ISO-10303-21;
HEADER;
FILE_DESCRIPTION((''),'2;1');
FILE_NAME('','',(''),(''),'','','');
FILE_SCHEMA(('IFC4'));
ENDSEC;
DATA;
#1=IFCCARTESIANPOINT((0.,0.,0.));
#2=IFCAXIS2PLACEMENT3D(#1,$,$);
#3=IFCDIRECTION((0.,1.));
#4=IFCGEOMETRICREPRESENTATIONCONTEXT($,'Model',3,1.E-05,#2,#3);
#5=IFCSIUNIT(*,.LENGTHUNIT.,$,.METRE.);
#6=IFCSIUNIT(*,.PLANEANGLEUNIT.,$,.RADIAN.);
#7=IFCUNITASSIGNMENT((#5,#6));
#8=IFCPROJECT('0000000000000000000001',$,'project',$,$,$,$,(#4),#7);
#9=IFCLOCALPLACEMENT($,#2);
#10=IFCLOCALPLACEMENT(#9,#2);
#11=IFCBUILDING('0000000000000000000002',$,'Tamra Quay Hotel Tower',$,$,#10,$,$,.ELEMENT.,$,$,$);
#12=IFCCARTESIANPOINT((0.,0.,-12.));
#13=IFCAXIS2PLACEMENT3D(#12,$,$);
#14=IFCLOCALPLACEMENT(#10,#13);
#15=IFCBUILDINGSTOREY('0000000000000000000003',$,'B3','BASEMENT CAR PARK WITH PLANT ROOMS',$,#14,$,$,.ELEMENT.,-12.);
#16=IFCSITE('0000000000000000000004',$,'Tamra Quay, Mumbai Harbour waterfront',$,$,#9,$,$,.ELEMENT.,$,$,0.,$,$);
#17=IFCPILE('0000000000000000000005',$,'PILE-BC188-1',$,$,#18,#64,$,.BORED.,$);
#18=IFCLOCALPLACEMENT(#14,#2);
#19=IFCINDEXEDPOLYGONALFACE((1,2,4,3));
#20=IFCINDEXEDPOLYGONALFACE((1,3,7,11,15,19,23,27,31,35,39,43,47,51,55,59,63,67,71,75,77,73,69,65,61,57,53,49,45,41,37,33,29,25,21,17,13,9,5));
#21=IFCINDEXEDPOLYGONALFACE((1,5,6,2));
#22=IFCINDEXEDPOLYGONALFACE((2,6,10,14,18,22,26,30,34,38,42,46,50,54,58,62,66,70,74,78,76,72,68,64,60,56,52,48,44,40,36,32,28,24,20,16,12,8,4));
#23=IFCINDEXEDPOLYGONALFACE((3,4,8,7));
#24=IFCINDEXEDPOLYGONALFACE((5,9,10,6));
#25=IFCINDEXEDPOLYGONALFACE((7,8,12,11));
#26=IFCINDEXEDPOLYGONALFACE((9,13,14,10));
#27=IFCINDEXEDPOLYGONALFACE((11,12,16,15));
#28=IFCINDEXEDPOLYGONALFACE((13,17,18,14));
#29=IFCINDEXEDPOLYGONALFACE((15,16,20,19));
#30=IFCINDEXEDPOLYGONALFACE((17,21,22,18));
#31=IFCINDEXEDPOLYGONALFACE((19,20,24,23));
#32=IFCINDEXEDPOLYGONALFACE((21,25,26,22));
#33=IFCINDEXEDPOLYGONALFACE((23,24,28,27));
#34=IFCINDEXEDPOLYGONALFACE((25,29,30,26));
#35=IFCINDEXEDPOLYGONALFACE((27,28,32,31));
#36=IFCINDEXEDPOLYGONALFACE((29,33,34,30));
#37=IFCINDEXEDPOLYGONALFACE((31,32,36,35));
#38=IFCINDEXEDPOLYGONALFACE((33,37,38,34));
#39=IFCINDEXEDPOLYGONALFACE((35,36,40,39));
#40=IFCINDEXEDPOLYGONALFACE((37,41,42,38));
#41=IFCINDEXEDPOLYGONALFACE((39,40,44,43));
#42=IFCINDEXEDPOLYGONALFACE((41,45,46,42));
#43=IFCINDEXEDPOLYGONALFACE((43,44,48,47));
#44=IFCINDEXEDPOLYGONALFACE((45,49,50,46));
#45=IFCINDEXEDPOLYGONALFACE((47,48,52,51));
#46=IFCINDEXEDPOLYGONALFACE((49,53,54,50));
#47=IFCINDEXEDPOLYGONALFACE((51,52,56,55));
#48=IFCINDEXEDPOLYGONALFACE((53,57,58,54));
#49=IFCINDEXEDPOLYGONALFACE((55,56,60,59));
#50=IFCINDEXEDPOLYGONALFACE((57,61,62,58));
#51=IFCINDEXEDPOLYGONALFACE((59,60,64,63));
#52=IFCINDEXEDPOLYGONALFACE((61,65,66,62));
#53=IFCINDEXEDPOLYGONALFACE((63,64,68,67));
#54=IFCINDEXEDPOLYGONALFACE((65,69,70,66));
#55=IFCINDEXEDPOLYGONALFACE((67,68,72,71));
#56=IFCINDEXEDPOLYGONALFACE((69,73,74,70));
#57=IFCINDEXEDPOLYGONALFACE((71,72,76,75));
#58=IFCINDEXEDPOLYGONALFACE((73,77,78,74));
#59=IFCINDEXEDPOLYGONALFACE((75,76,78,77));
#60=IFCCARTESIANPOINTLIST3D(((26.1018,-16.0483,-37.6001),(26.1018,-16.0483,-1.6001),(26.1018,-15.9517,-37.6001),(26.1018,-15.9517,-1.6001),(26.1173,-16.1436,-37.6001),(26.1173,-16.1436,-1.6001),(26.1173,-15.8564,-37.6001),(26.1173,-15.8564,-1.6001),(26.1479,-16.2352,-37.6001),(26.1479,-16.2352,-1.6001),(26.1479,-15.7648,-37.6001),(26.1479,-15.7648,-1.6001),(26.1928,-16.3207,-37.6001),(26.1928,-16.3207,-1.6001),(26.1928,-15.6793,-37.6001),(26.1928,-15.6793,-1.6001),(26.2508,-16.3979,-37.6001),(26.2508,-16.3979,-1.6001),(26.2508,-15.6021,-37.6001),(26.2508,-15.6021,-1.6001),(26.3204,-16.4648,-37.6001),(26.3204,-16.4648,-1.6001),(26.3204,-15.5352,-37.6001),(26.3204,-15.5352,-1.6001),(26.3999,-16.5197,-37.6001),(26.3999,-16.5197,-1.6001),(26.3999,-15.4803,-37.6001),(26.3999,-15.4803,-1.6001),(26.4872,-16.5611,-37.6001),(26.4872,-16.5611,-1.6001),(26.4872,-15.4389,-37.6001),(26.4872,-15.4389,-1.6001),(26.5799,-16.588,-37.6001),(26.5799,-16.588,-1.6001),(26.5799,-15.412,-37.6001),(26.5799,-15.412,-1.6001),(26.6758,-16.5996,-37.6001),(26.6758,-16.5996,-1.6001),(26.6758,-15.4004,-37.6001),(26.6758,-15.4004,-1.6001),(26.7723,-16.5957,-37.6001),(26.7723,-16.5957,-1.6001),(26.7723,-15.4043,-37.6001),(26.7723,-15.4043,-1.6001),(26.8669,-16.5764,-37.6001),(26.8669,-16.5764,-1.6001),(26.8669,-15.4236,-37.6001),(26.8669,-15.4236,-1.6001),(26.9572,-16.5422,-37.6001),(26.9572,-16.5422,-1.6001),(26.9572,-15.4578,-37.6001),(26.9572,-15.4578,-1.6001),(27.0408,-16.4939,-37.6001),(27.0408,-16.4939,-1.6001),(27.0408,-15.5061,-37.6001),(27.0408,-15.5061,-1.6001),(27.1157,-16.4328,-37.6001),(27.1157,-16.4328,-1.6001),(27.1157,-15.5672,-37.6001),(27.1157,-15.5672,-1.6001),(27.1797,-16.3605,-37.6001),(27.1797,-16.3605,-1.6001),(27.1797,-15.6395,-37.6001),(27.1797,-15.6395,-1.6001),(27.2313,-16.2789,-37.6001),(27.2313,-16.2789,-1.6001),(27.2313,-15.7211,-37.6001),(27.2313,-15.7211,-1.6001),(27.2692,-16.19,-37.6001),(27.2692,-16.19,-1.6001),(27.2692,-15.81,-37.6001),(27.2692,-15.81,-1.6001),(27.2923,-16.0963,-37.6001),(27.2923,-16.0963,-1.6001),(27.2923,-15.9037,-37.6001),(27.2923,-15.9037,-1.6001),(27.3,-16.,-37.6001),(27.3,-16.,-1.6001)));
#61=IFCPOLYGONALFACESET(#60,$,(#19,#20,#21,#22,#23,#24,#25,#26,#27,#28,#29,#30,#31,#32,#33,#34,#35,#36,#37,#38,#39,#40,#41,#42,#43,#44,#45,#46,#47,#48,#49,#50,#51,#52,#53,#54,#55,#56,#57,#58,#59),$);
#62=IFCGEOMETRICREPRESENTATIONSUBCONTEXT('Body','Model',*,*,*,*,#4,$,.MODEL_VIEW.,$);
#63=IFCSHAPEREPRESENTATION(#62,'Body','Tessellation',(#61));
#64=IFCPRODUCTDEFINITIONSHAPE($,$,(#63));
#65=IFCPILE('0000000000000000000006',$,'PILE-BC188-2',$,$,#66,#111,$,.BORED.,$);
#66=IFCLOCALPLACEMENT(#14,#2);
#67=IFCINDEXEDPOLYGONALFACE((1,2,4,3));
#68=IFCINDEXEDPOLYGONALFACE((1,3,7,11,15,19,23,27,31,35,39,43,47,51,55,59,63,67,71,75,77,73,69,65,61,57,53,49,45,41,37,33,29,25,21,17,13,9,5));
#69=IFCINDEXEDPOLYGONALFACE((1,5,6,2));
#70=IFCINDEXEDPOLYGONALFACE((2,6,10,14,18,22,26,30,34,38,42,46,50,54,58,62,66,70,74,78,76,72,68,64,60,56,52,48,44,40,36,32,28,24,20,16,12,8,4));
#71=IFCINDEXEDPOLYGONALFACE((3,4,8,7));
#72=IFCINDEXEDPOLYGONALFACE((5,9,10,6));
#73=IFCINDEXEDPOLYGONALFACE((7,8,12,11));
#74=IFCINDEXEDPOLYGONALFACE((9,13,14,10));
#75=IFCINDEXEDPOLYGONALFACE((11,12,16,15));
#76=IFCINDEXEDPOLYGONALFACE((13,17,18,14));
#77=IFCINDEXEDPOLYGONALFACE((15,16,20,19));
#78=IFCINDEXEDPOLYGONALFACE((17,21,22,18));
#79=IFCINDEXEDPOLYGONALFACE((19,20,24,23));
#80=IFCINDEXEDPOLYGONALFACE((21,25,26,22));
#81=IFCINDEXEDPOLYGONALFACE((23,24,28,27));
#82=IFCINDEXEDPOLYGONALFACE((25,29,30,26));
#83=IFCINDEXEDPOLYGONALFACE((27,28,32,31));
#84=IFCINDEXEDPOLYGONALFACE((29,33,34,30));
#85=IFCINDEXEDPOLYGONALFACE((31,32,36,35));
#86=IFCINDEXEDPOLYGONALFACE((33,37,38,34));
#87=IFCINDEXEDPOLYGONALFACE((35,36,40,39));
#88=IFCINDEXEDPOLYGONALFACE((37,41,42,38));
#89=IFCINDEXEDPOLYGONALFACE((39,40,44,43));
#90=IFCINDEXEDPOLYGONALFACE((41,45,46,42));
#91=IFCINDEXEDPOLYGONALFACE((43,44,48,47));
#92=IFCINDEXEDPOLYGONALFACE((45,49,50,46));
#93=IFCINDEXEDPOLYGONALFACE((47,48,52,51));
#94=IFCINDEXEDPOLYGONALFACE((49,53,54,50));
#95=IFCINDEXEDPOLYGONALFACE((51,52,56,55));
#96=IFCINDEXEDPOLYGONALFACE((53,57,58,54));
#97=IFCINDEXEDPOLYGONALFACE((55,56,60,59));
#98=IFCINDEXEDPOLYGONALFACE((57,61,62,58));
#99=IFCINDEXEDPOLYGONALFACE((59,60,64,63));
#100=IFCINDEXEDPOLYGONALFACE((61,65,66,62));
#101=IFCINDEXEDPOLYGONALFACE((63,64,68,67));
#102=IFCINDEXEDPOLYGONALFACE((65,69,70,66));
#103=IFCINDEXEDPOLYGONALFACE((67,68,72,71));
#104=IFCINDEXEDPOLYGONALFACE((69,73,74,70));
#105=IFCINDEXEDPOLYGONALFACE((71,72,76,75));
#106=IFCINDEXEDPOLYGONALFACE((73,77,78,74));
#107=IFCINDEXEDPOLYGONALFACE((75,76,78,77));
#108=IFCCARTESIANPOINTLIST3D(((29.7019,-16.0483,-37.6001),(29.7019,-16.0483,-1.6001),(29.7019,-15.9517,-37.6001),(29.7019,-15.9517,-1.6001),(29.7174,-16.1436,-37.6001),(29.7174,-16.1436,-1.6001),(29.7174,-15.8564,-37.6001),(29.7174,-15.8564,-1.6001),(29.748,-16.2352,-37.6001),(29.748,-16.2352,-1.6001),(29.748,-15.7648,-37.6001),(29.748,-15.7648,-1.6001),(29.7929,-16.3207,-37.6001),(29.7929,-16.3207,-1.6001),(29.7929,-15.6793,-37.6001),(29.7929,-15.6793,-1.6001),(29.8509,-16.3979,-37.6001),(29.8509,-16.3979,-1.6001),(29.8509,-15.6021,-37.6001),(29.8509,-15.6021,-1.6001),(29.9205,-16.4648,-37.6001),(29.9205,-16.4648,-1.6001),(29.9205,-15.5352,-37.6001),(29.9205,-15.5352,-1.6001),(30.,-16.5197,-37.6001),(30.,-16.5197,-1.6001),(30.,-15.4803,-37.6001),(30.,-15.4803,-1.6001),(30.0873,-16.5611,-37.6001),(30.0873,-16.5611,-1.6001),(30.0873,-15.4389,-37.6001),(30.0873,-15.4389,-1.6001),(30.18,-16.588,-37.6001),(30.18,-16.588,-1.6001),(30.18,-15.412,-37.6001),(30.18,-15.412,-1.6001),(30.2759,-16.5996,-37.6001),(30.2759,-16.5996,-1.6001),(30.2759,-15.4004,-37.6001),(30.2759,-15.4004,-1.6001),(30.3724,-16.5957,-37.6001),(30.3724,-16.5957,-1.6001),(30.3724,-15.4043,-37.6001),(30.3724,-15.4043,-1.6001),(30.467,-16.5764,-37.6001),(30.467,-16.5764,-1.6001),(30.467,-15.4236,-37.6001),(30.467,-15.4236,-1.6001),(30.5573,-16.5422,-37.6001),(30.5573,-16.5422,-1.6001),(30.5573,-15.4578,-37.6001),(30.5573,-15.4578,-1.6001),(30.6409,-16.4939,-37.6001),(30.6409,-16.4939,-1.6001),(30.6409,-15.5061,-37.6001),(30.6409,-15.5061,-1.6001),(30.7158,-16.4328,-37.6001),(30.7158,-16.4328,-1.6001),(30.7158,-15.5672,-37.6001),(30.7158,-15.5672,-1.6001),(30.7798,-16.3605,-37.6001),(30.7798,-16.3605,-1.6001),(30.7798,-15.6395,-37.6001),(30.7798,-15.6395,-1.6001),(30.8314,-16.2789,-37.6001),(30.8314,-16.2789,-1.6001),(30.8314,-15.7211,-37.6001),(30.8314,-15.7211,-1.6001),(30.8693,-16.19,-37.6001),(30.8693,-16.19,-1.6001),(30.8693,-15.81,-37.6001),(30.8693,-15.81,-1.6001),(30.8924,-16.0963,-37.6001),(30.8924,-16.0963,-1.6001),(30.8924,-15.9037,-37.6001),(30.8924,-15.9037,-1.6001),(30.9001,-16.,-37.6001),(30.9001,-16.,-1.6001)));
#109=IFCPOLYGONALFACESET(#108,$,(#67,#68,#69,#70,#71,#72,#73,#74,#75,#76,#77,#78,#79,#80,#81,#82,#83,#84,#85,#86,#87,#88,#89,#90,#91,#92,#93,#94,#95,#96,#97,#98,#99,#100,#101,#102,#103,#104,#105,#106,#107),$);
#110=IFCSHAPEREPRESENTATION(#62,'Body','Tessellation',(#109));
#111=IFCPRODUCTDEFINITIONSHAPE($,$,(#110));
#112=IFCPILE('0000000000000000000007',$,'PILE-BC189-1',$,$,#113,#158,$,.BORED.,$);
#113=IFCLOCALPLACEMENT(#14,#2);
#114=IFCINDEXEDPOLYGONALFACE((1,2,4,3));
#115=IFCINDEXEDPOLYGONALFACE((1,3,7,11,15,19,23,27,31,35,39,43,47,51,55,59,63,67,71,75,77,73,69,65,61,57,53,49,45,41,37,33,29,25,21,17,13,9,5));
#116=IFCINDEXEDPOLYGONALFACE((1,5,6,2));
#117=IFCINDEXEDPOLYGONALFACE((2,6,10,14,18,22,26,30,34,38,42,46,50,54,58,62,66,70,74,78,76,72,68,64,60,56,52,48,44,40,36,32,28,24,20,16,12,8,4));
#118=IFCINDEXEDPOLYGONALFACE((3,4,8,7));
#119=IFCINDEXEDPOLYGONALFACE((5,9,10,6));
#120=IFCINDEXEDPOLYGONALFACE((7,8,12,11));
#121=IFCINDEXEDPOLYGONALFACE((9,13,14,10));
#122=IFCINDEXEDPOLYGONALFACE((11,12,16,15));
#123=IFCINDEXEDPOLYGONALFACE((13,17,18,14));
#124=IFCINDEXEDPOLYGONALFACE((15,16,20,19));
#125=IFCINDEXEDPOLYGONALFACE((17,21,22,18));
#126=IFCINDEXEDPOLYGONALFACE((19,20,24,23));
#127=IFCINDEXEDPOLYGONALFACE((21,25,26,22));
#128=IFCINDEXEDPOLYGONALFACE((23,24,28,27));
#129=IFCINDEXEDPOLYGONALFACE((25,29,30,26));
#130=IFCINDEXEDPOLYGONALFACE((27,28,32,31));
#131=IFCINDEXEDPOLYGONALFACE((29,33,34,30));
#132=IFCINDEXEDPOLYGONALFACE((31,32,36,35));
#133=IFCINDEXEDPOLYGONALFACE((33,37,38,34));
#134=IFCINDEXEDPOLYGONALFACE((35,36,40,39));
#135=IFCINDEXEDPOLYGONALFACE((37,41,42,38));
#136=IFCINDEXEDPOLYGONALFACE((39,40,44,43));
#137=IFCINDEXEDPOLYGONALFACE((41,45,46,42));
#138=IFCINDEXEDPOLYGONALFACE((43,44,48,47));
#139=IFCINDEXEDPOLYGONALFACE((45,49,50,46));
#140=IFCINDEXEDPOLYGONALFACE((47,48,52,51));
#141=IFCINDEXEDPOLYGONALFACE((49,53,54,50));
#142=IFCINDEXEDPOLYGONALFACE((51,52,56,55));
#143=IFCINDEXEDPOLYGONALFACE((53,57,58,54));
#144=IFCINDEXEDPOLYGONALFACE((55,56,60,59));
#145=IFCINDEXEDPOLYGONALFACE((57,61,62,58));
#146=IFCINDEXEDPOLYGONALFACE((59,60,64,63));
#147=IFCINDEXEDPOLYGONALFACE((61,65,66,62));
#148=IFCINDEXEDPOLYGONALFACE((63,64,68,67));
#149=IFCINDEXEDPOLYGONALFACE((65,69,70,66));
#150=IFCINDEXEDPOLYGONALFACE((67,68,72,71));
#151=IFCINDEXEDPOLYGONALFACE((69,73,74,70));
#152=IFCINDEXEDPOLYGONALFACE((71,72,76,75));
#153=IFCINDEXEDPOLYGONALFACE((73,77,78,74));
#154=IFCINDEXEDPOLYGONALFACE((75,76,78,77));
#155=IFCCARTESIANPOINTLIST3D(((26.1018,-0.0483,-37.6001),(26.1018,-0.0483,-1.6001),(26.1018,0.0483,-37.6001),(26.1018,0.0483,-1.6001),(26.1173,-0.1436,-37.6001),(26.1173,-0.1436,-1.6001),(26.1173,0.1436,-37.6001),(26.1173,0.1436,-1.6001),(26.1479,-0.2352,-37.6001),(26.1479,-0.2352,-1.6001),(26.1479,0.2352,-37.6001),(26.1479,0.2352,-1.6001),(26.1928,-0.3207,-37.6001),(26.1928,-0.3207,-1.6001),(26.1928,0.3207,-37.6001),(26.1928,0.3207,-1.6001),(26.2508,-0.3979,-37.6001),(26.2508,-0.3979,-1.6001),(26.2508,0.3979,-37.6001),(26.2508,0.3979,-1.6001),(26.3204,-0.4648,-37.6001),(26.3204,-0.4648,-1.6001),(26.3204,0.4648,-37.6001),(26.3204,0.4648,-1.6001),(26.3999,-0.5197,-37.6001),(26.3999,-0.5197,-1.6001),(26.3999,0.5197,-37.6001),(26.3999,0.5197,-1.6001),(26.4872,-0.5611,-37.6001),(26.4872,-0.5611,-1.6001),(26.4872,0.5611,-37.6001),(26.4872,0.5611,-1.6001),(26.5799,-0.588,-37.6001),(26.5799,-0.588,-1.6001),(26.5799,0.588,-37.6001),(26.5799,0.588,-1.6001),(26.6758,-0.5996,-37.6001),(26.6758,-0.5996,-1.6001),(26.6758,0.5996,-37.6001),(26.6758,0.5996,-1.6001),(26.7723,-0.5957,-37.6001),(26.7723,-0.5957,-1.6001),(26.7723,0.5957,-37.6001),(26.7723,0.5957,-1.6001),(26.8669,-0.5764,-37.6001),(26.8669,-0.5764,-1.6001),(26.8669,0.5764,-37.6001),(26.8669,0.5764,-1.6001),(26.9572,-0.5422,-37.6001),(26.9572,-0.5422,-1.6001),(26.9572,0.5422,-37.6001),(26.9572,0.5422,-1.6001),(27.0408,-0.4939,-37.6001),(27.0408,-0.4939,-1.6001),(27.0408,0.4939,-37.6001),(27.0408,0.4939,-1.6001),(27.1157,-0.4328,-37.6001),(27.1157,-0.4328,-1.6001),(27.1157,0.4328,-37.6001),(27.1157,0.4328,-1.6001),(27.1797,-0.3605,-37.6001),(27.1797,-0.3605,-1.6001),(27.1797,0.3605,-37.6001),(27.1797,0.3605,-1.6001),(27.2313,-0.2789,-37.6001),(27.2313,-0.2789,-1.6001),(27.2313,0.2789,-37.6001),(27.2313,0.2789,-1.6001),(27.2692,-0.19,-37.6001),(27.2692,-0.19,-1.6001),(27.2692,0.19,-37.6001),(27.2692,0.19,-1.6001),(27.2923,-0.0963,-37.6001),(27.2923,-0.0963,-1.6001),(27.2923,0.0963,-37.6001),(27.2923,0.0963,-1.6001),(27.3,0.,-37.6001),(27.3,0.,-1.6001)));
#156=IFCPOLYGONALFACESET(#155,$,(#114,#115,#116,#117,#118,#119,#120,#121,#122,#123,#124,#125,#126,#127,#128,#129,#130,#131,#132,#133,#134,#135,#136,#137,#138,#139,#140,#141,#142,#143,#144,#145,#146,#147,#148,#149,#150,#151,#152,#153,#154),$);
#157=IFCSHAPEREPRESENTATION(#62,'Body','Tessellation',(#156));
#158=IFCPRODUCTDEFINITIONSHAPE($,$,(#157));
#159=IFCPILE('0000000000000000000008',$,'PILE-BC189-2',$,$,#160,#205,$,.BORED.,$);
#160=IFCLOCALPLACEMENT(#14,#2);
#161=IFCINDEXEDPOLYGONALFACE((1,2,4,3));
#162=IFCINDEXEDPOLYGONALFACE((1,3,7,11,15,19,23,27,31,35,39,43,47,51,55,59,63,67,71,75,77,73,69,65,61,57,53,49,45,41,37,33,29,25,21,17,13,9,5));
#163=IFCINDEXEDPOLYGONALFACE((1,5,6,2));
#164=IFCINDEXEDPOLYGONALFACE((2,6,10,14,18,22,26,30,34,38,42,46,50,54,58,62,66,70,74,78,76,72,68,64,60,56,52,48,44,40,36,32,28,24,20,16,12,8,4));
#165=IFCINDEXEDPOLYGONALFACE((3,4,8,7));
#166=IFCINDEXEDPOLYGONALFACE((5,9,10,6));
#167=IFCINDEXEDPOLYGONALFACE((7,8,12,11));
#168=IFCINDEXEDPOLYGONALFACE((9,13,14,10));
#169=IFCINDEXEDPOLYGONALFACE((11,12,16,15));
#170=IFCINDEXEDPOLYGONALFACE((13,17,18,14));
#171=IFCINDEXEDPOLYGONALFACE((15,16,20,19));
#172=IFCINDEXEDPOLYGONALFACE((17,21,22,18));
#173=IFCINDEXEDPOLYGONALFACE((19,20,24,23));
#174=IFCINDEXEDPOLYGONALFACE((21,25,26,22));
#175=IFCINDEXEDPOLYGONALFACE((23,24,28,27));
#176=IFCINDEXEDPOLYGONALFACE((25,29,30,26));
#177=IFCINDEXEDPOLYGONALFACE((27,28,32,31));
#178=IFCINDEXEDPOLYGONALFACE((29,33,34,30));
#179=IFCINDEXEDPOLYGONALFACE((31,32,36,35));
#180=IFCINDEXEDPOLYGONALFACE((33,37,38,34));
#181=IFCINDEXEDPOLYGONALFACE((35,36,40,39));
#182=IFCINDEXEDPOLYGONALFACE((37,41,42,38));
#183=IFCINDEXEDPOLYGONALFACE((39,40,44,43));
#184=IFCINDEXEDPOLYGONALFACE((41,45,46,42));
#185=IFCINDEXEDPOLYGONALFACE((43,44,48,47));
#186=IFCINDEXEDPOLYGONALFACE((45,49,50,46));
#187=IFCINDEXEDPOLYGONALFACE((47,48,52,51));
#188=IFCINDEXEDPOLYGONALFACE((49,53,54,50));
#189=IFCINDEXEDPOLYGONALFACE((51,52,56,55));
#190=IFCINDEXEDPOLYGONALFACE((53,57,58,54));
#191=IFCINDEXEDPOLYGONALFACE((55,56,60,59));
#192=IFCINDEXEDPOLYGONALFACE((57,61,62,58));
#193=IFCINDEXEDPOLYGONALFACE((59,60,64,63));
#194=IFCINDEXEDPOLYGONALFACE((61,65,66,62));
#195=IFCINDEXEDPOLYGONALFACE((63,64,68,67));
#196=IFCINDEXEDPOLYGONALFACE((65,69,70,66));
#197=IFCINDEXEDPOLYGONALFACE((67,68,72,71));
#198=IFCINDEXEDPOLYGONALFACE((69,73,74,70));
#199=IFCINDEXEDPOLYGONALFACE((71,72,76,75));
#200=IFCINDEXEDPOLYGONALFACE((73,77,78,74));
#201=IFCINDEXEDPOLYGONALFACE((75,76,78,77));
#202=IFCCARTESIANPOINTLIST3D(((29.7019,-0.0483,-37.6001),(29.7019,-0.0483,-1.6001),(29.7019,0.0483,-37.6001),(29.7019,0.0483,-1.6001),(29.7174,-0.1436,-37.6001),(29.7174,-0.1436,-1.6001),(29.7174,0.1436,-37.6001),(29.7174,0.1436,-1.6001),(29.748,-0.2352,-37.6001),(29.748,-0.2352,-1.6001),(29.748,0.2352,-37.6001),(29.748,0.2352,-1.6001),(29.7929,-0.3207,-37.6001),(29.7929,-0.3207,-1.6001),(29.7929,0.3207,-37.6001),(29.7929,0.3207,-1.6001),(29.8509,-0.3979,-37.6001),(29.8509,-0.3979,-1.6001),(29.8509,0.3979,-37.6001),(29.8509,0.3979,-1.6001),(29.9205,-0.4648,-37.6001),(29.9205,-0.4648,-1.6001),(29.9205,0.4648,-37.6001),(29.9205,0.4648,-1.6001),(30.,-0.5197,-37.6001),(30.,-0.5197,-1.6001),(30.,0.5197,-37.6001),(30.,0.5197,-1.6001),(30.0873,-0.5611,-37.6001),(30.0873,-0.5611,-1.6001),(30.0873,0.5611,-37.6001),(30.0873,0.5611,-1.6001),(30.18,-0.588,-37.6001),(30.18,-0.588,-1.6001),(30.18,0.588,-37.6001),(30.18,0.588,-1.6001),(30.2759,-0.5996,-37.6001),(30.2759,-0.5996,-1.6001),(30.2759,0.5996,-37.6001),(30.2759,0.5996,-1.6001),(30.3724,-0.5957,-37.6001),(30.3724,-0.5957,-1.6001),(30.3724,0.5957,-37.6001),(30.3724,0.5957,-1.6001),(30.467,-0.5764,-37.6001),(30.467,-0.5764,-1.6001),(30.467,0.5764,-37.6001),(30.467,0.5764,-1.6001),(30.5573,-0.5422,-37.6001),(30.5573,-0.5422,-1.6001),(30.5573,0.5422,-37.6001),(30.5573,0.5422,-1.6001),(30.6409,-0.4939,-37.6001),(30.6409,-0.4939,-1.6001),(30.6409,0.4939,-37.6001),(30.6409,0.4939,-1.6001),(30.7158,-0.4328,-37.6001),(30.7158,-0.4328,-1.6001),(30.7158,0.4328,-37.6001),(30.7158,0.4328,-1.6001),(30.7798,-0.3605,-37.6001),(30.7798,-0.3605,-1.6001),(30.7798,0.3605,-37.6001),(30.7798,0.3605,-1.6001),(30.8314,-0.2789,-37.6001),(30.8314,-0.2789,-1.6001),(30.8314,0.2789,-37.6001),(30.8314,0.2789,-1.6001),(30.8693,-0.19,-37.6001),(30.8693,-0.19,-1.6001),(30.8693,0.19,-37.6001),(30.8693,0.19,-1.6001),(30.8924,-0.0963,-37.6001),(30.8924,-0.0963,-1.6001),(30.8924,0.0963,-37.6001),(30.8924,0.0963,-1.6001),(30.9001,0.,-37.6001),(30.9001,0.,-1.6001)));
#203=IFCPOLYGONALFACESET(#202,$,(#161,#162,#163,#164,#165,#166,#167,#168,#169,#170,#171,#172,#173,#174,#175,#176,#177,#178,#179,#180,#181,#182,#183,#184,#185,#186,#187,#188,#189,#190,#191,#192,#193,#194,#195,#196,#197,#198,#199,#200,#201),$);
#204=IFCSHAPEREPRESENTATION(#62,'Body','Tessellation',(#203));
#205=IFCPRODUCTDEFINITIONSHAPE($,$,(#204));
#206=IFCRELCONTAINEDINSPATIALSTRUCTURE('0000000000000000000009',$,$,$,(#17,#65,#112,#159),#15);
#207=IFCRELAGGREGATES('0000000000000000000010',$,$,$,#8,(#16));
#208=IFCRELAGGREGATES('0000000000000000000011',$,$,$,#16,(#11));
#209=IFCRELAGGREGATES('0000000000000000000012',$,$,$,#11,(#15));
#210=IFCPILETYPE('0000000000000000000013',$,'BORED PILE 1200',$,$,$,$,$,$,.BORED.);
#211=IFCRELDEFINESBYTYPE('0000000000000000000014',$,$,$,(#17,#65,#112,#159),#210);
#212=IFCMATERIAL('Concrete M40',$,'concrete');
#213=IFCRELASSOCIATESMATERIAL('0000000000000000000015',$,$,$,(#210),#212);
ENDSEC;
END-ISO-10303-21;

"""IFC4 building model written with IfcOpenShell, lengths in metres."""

from ifc_helpers import new_model, si_unit, direction, frame, origin, origin_2d, place, context, subcontext, project, spatial, circle, extrude, material, material_profile, profile_set, type_object, element, save


model = new_model("IFC4")

# Units and contexts
model_context = context("Model", 3, precision=1e-05, world=origin(), true_north=direction((0.0, 1.0)))
body_context = subcontext(model_context, "Body", "Model", "MODEL_VIEW")
ifc_project = project(units=[si_unit("LENGTHUNIT", "METRE"), si_unit("PLANEANGLEUNIT", "RADIAN")], contexts=[model_context])

# Site, building, storey
site_placement = place(None, origin())
site = spatial("IfcSite", under=ifc_project, at=site_placement, Name="Tamra Quay, Mumbai Harbour waterfront", CompositionType="ELEMENT", RefElevation=0.0)
building_placement = place(site_placement, origin())
building = spatial("IfcBuilding", under=site, at=building_placement, Name="Tamra Quay Hotel Tower", CompositionType="ELEMENT")
storey_placement = place(building_placement, frame((0.0, 0.0, -12.0)))
storey = spatial("IfcBuildingStorey", under=building, at=storey_placement, Name="B3", Description="BASEMENT CAR PARK WITH PLANT ROOMS", CompositionType="ELEMENT", Elevation=-12.0)

# Piles
ifc_material_1 = material(Name="Concrete M40", Category="concrete")
ifc_material_profile_1 = material_profile(ifc_material_1, circle(Radius=0.6001, at=origin_2d()), Name="BORED PILE 1200")
ifc_profile_set_1 = profile_set([ifc_material_profile_1], Name="Concrete M40")
pile_type_1 = type_object("IfcPileType", Name="BORED PILE 1200", PredefinedType="BORED", material=ifc_profile_set_1)
for number, where, z_axis, x_axis, name in (
    (1, (26.7, -16.0, -1.6001), (0.0, 0.0, -1.0), (1.0, 0.0, 0.0), "PILE-BC188-1"),
    (2, (30.3, -16.0, -1.6001), (0.0, 0.0, -1.0), (1.0, 0.0, 0.0), "PILE-BC188-2"),
    (3, (26.7, 0.0, -1.6001), (0.0, 0.0, -1.0), (1.0, 0.0, 0.0), "PILE-BC189-1"),
    (4, (30.3, 0.0, -1.6001), (0.0, 0.0, -1.0), (1.0, 0.0, 0.0), "PILE-BC189-2"),
):
    element("IfcPile", number, at=place(storey_placement, frame(where, z_axis=z_axis, x_axis=x_axis)), inside=storey, type_object=pile_type_1, Name=name, PredefinedType="BORED", context=body_context, shape_type="SweptSolid", body=[
        extrude(circle(Radius=0.6001, at=origin_2d()), origin(), (0.0, 0.0, 1.0), 36.0),
    ])

save(model, "model.ifc")
